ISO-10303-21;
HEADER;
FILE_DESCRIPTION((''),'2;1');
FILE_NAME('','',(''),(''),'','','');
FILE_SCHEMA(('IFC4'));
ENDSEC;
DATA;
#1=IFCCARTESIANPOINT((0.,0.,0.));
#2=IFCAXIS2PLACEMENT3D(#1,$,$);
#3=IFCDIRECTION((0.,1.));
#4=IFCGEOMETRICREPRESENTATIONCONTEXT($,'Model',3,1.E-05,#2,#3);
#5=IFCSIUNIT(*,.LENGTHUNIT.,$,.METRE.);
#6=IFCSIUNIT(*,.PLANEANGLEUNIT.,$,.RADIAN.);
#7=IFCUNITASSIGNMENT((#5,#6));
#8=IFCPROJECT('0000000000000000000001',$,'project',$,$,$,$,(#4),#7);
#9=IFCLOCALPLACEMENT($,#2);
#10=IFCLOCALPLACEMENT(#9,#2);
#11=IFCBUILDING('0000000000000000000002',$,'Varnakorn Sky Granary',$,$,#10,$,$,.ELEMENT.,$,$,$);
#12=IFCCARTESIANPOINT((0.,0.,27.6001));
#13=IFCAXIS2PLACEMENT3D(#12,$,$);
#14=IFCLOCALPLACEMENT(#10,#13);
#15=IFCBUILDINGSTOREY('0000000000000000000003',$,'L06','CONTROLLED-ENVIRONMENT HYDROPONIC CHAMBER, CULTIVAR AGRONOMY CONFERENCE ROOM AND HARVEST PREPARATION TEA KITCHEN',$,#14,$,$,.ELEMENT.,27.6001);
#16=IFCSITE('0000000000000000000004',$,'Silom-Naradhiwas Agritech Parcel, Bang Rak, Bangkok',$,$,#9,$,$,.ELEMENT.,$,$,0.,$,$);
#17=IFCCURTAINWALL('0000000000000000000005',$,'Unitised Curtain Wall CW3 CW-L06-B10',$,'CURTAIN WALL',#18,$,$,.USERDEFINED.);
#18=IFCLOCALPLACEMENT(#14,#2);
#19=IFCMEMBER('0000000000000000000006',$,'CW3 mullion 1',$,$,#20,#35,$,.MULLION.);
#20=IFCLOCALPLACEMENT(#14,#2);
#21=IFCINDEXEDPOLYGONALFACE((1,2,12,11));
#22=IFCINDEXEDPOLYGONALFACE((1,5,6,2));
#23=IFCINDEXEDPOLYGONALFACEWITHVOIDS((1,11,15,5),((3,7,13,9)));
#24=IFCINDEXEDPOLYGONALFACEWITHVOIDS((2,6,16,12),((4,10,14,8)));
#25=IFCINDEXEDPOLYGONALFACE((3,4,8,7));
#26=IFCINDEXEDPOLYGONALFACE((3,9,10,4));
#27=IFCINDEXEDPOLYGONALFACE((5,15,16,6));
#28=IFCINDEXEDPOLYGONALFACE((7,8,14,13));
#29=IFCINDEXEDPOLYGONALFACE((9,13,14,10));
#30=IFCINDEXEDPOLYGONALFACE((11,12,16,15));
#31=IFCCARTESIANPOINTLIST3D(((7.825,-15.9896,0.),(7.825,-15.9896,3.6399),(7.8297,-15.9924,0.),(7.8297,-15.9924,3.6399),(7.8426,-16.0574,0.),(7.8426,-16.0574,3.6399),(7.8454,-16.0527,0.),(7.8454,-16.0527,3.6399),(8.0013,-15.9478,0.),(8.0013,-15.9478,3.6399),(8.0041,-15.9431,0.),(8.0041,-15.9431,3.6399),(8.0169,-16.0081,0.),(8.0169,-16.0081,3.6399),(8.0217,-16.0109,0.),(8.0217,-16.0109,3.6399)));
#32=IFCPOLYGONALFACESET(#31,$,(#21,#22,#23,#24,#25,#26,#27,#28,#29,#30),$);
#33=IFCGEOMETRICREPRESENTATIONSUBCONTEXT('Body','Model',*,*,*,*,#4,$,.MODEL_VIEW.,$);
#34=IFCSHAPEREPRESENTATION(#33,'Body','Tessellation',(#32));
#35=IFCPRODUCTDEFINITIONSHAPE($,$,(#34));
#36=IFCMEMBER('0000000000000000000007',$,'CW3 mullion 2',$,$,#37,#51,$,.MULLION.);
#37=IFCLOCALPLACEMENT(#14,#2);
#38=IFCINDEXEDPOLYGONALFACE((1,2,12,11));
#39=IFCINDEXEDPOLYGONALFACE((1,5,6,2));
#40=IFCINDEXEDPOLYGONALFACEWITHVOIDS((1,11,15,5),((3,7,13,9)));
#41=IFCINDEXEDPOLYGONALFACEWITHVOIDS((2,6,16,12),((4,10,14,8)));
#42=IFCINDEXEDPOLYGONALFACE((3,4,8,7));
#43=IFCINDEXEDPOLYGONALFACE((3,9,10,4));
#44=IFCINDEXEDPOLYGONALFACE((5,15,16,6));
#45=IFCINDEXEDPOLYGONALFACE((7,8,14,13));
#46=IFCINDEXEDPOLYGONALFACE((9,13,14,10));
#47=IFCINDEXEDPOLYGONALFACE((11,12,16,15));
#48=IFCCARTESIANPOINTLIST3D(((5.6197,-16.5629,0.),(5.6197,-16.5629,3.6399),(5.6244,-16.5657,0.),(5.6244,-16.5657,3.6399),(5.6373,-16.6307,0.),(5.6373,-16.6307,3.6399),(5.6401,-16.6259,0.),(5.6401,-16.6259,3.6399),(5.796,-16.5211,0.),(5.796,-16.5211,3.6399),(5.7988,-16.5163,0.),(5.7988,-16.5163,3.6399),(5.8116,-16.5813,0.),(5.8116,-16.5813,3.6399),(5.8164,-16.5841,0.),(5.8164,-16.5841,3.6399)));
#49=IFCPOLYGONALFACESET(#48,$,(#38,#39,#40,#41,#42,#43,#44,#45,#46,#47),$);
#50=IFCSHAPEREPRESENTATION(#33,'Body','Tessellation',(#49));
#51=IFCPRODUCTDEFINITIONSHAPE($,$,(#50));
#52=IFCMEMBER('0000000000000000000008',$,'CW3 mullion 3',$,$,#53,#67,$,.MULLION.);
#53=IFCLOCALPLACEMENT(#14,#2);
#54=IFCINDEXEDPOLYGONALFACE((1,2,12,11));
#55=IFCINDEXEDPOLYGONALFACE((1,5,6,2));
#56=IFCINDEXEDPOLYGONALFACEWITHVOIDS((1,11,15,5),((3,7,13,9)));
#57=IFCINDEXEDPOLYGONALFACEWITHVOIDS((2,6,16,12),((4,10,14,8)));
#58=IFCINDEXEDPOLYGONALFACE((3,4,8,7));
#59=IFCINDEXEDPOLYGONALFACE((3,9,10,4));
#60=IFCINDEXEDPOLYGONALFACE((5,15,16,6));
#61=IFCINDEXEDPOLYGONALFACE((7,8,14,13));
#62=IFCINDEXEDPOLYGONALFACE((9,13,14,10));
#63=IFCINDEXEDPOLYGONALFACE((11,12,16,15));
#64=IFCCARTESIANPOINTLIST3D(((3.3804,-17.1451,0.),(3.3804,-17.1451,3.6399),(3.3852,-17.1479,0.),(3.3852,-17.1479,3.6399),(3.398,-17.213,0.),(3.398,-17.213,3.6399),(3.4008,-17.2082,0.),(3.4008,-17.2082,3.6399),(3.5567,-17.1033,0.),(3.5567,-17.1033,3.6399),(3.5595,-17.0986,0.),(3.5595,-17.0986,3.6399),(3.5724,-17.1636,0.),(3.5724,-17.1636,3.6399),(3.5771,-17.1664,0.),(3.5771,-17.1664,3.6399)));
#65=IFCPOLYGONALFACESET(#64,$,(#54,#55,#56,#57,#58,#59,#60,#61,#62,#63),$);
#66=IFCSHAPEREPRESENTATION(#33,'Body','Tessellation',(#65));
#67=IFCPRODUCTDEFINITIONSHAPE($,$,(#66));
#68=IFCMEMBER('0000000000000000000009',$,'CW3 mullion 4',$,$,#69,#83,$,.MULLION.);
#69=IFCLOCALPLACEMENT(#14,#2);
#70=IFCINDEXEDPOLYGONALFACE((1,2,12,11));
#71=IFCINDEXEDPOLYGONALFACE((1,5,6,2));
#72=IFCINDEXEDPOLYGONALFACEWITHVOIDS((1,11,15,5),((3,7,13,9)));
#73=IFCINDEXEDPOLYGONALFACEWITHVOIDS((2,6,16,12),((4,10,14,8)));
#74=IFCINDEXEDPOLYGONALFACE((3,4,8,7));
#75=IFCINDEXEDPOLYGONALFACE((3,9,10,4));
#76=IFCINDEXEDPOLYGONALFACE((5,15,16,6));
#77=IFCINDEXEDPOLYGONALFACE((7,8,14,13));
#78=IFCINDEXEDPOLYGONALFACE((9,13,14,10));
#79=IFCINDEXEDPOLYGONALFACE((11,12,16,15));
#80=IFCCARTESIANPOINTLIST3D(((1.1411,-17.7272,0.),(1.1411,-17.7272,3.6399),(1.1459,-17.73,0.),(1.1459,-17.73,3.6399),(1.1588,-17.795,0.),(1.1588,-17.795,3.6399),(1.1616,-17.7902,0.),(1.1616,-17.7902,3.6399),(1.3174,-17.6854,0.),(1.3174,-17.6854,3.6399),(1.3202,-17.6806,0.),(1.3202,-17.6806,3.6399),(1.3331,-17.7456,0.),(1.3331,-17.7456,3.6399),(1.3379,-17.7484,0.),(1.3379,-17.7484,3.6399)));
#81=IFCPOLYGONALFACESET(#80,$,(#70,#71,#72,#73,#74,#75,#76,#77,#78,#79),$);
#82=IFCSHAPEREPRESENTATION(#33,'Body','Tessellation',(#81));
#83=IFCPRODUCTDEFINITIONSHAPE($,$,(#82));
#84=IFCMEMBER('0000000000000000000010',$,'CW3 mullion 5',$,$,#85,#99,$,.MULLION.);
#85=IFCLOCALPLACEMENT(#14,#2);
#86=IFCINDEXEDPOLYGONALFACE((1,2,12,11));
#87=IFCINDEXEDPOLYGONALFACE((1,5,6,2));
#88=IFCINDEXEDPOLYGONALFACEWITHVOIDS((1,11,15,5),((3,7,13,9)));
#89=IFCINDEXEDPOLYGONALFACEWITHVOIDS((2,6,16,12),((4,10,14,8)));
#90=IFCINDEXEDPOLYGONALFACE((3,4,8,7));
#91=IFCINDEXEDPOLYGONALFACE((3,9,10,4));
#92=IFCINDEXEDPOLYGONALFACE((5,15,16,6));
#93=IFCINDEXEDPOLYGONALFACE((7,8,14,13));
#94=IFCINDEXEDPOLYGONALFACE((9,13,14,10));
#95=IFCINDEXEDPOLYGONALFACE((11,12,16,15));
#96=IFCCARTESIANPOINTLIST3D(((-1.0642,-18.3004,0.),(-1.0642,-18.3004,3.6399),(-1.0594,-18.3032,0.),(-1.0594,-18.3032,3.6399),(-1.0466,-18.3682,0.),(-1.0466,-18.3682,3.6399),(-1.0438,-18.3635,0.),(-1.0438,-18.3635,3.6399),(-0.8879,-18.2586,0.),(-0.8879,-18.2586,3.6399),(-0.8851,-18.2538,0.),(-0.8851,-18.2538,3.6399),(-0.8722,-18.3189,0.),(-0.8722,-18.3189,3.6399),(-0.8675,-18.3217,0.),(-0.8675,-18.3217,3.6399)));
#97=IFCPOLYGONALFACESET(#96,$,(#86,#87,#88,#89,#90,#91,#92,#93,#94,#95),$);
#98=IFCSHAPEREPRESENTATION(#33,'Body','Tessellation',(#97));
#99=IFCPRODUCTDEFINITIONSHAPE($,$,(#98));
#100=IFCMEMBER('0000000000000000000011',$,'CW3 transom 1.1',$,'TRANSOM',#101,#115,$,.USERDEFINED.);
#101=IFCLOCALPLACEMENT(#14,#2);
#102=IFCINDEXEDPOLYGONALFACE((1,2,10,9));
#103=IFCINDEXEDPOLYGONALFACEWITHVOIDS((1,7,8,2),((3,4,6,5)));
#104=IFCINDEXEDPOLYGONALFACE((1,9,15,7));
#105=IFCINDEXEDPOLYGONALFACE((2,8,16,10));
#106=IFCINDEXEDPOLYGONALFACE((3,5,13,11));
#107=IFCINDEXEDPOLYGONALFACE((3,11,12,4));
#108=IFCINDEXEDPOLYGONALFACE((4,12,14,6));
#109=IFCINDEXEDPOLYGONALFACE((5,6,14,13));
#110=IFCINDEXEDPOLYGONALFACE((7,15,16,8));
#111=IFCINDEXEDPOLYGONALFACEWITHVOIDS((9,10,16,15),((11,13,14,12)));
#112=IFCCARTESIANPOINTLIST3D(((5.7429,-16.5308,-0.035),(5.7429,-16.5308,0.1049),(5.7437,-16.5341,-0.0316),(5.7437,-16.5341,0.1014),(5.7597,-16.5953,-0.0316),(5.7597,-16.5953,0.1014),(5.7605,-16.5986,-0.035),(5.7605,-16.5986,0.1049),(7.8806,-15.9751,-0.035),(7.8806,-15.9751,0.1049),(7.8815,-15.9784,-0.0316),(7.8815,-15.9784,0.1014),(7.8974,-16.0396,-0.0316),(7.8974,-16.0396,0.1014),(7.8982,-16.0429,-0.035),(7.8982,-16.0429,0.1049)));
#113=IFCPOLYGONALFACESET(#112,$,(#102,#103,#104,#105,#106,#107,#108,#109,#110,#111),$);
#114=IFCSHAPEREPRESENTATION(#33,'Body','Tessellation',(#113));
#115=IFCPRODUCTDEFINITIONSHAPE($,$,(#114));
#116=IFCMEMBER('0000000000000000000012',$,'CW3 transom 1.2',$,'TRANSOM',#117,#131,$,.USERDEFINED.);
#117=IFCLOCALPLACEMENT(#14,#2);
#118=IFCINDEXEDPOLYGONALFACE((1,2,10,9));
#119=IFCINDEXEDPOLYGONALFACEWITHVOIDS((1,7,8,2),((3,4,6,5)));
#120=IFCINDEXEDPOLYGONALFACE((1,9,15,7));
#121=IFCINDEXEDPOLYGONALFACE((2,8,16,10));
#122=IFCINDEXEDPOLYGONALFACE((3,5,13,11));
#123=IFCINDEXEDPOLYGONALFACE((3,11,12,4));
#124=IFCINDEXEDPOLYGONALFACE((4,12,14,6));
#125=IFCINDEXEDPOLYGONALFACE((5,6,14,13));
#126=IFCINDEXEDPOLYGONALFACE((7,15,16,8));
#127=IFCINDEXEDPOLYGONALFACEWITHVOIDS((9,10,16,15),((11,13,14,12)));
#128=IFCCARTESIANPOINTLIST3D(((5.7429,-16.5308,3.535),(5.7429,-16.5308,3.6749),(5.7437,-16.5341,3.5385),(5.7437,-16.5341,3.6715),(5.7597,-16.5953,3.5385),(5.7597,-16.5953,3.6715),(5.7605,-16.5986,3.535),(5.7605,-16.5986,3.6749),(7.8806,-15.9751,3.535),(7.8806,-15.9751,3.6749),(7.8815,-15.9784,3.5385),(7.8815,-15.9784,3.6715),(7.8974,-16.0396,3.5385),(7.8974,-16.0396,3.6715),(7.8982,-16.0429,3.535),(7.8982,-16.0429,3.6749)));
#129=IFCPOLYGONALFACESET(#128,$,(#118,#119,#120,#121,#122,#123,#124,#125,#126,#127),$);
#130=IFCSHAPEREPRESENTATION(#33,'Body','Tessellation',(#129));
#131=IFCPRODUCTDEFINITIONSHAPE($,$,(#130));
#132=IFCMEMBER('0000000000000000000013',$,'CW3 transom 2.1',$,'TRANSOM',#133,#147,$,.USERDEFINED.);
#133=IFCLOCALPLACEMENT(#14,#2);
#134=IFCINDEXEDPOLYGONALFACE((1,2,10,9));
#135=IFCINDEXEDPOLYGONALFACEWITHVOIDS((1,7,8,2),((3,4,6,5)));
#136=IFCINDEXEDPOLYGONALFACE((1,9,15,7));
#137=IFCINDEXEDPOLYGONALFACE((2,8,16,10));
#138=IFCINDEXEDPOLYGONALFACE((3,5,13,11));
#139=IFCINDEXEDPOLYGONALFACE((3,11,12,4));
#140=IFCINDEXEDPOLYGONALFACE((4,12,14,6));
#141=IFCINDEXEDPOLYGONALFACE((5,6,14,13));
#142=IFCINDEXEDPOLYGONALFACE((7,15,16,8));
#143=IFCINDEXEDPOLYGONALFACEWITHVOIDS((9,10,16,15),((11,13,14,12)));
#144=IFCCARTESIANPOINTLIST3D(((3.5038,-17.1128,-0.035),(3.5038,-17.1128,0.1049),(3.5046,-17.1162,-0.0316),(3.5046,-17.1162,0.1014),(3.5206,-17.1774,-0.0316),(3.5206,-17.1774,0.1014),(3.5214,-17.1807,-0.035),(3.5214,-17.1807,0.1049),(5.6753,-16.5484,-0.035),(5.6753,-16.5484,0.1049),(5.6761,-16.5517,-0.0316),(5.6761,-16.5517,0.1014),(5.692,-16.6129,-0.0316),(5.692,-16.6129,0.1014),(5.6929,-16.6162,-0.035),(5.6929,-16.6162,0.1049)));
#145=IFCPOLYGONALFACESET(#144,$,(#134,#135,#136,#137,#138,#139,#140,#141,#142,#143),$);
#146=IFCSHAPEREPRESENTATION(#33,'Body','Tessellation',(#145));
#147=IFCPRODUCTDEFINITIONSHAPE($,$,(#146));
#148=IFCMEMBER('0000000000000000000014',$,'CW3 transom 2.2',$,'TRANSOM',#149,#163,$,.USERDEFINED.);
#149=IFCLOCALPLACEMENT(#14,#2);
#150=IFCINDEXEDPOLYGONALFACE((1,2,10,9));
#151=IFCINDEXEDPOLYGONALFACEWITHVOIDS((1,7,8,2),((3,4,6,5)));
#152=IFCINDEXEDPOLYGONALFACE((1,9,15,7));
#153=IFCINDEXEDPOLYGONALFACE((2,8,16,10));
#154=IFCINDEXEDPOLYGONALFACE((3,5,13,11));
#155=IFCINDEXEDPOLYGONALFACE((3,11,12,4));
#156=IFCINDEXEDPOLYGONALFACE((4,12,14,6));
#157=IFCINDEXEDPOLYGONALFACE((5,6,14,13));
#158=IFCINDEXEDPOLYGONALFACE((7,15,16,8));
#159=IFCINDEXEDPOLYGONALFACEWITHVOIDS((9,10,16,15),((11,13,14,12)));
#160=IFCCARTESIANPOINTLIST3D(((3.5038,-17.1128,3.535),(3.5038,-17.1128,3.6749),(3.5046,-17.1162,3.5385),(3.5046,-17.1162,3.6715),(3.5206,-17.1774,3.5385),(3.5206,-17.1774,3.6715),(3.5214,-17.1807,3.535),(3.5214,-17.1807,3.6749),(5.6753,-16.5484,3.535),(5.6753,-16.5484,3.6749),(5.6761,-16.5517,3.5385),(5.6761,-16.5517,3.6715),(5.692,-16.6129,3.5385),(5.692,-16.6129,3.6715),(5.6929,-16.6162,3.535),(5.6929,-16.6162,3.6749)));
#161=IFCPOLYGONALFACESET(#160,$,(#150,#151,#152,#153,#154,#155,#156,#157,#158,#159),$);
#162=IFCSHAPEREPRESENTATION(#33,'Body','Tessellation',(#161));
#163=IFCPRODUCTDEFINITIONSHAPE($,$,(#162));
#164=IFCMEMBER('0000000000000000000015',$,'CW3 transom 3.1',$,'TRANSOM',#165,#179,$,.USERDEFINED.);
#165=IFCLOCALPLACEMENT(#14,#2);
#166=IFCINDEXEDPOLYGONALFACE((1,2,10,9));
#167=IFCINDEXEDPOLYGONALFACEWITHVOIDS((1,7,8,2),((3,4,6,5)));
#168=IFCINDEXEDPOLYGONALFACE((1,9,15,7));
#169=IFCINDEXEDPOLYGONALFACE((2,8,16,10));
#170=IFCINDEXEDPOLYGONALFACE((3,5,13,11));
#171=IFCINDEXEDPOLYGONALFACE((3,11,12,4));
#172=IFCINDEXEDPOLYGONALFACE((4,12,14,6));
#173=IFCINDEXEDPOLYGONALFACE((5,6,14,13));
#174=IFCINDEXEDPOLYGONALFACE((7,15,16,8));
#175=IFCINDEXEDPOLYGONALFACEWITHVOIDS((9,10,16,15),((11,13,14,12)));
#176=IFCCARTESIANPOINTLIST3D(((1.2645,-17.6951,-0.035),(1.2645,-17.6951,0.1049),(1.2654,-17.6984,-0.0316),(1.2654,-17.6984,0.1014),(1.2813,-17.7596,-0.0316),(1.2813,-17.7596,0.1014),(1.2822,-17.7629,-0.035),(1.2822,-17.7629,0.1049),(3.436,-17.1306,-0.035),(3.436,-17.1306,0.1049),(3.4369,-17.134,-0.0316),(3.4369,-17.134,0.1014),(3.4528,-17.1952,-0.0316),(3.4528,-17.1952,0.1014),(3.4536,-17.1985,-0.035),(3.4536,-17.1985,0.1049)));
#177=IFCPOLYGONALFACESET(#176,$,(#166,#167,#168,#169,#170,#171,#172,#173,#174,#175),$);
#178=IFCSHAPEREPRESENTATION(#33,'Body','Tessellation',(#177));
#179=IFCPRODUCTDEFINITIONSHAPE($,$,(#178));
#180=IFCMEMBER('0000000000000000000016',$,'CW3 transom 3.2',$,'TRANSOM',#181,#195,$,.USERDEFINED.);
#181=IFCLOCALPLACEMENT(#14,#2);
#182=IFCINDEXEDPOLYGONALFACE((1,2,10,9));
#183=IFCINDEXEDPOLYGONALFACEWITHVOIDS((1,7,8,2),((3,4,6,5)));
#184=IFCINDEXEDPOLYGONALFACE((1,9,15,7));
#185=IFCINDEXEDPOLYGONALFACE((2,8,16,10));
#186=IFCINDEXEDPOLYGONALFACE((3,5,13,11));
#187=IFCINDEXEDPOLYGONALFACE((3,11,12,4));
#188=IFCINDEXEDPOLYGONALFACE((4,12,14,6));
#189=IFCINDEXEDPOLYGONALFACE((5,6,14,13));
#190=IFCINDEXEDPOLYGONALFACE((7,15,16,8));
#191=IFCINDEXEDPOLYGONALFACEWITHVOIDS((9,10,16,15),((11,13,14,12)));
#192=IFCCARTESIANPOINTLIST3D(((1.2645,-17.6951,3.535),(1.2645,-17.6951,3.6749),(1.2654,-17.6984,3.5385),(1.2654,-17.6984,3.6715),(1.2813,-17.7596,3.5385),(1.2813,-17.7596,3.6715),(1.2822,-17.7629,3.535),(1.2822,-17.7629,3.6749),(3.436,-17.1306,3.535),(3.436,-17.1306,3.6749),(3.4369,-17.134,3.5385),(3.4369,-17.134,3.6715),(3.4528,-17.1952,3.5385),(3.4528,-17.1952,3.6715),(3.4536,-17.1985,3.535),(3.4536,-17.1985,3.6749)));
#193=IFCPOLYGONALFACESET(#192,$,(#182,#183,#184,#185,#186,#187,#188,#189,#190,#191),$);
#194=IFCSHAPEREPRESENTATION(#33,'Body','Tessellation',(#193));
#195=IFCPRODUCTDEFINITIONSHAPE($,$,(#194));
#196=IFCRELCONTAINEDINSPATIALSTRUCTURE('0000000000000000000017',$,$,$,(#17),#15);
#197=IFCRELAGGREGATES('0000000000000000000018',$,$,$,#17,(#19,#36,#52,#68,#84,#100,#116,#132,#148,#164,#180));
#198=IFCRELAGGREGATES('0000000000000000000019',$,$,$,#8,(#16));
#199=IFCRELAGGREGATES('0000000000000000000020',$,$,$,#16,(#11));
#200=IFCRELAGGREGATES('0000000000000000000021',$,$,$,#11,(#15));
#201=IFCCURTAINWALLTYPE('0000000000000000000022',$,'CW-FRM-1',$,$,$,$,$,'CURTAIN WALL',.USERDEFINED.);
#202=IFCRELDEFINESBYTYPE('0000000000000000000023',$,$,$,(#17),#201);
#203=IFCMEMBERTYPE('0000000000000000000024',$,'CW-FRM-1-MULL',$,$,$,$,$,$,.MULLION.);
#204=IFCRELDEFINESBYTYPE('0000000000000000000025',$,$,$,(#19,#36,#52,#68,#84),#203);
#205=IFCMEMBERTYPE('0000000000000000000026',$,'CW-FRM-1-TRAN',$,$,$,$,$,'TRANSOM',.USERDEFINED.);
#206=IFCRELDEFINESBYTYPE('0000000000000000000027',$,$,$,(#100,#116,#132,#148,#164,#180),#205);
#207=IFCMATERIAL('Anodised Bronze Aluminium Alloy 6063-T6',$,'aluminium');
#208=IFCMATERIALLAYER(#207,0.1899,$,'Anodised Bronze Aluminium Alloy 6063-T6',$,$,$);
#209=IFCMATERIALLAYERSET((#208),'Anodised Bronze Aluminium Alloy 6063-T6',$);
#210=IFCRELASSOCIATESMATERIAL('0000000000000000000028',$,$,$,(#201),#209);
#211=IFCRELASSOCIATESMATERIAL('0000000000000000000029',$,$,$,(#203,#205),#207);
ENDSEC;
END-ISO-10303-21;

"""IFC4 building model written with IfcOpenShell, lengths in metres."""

from ifc_helpers import new_model, si_unit, direction, frame, origin, origin_2d, place, context, subcontext, project, spatial, hollow_rectangle, extrude, material, layer, layer_set, material_profile, profile_set, type_object, element, aggregate, save


model = new_model("IFC4")

# Units and contexts
model_context = context("Model", 3, precision=1e-05, world=origin(), true_north=direction((0.0, 1.0)))
body_context = subcontext(model_context, "Body", "Model", "MODEL_VIEW")
ifc_project = project(units=[si_unit("LENGTHUNIT", "METRE"), si_unit("PLANEANGLEUNIT", "RADIAN")], contexts=[model_context])

# Site, building, storey
site_placement = place(None, origin())
site = spatial("IfcSite", under=ifc_project, at=site_placement, Name="Silom-Naradhiwas Agritech Parcel, Bang Rak, Bangkok", CompositionType="ELEMENT", RefElevation=0.0)
building_placement = place(site_placement, origin())
building = spatial("IfcBuilding", under=site, at=building_placement, Name="Varnakorn Sky Granary", CompositionType="ELEMENT")
storey_placement = place(building_placement, frame((0.0, 0.0, 27.6001)))
storey = spatial("IfcBuildingStorey", under=building, at=storey_placement, Name="L06", Description="CONTROLLED-ENVIRONMENT HYDROPONIC CHAMBER, CULTIVAR AGRONOMY CONFERENCE ROOM AND HARVEST PREPARATION TEA KITCHEN", CompositionType="ELEMENT", Elevation=27.6001)

# Curtain wall, members
ifc_material_1 = material(Name="Anodised Bronze Aluminium Alloy 6063-T6", Category="aluminium")
ifc_layer_1 = layer(ifc_material_1, 0.1899, Name="Anodised Bronze Aluminium Alloy 6063-T6")
ifc_layer_set_1 = layer_set([ifc_layer_1], Name="Anodised Bronze Aluminium Alloy 6063-T6")
curtain_wall_type = type_object("IfcCurtainWallType", Name="CW-FRM-1", ElementType="CURTAIN WALL", PredefinedType="USERDEFINED", material=ifc_layer_set_1)
curtain_wall_placement = place(storey_placement, origin())
curtain_wall = element("IfcCurtainWall", 1, at=curtain_wall_placement, inside=storey, type_object=curtain_wall_type, Name="Unitised Curtain Wall CW3 CW-L06-B10", ObjectType="CURTAIN WALL", PredefinedType="USERDEFINED")
ifc_material_profile_1 = material_profile(ifc_material_1, hollow_rectangle(XDim=0.0701, YDim=0.1851, WallThickness=0.0039, at=origin_2d()), Name="ALU MULL 70x185")
ifc_profile_set_1 = profile_set([ifc_material_profile_1], Name="Anodised Bronze Aluminium Alloy 6063-T6")
member_type_1 = type_object("IfcMemberType", Name="CW-FRM-1-MULL", PredefinedType="MULLION", material=ifc_profile_set_1)
member_1_placement = place(storey_placement, frame((7.9233, -16.0002, 0.0), z_axis=(0.0, 0.0, 1.0), x_axis=(0.251609, -0.967829, 0.0)))
member_1 = element("IfcMember", 2, at=member_1_placement, type_object=member_type_1, Name="CW3 mullion 1", PredefinedType="MULLION", context=body_context, shape_type="SweptSolid", body=[
    extrude(hollow_rectangle(XDim=0.0701, YDim=0.1851, WallThickness=0.0039, at=origin_2d()), origin(), (0.0, 0.0, 1.0), 3.6399),
])
member_2_placement = place(storey_placement, frame((5.718, -16.5735, 0.0), z_axis=(0.0, 0.0, 1.0), x_axis=(0.251609, -0.967829, 0.0)))
member_2 = element("IfcMember", 3, at=member_2_placement, type_object=member_type_1, Name="CW3 mullion 2", PredefinedType="MULLION", context=body_context, shape_type="SweptSolid", body=[
    extrude(hollow_rectangle(XDim=0.0701, YDim=0.1851, WallThickness=0.0039, at=origin_2d()), origin(), (0.0, 0.0, 1.0), 3.6399),
])
member_3_placement = place(storey_placement, frame((3.4788, -17.1558, 0.0), z_axis=(0.0, 0.0, 1.0), x_axis=(0.251609, -0.967829, 0.0)))
member_3 = element("IfcMember", 4, at=member_3_placement, type_object=member_type_1, Name="CW3 mullion 3", PredefinedType="MULLION", context=body_context, shape_type="SweptSolid", body=[
    extrude(hollow_rectangle(XDim=0.0701, YDim=0.1851, WallThickness=0.0039, at=origin_2d()), origin(), (0.0, 0.0, 1.0), 3.6399),
])
member_4_placement = place(storey_placement, frame((1.2395, -17.7378, 0.0), z_axis=(0.0, 0.0, 1.0), x_axis=(0.251609, -0.967829, 0.0)))
member_4 = element("IfcMember", 5, at=member_4_placement, type_object=member_type_1, Name="CW3 mullion 4", PredefinedType="MULLION", context=body_context, shape_type="SweptSolid", body=[
    extrude(hollow_rectangle(XDim=0.0701, YDim=0.1851, WallThickness=0.0039, at=origin_2d()), origin(), (0.0, 0.0, 1.0), 3.6399),
])
member_5_placement = place(storey_placement, frame((-0.9658, -18.311, 0.0), z_axis=(0.0, 0.0, 1.0), x_axis=(0.251609, -0.967829, 0.0)))
member_5 = element("IfcMember", 6, at=member_5_placement, type_object=member_type_1, Name="CW3 mullion 5", PredefinedType="MULLION", context=body_context, shape_type="SweptSolid", body=[
    extrude(hollow_rectangle(XDim=0.0701, YDim=0.1851, WallThickness=0.0039, at=origin_2d()), origin(), (0.0, 0.0, 1.0), 3.6399),
])
ifc_material_profile_2 = material_profile(ifc_material_1, hollow_rectangle(XDim=0.0701, YDim=0.1399, WallThickness=0.0034, at=origin_2d()), Name="ALU TRAN 70x140")
ifc_profile_set_2 = profile_set([ifc_material_profile_2], Name="Anodised Bronze Aluminium Alloy 6063-T6")
member_type_2 = type_object("IfcMemberType", Name="CW-FRM-1-TRAN", ElementType="TRANSOM", PredefinedType="USERDEFINED", material=ifc_profile_set_2)
member_6_placement = place(storey_placement, frame((7.8894, -16.009, 0.0349), z_axis=(-0.967838, -0.251576, 0.0), x_axis=(0.251576, -0.967838, 0.0)))
member_6 = element("IfcMember", 7, at=member_6_placement, type_object=member_type_2, Name="CW3 transom 1.1", ObjectType="TRANSOM", PredefinedType="USERDEFINED", context=body_context, shape_type="SweptSolid", body=[
    extrude(hollow_rectangle(XDim=0.0701, YDim=0.1399, WallThickness=0.0034, at=origin_2d()), origin(), (0.0, 0.0, 1.0), 2.2087),
])
member_7_placement = place(storey_placement, frame((7.8894, -16.009, 3.605), z_axis=(-0.967838, -0.251576, 0.0), x_axis=(0.251576, -0.967838, 0.0)))
member_7 = element("IfcMember", 8, at=member_7_placement, type_object=member_type_2, Name="CW3 transom 1.2", ObjectType="TRANSOM", PredefinedType="USERDEFINED", context=body_context, shape_type="SweptSolid", body=[
    extrude(hollow_rectangle(XDim=0.0701, YDim=0.1399, WallThickness=0.0034, at=origin_2d()), origin(), (0.0, 0.0, 1.0), 2.2087),
])
member_8_placement = place(storey_placement, frame((5.6841, -16.5823, 0.0349), z_axis=(-0.967834, -0.251589, 0.0), x_axis=(0.251589, -0.967834, 0.0)))
member_8 = element("IfcMember", 9, at=member_8_placement, type_object=member_type_2, Name="CW3 transom 2.1", ObjectType="TRANSOM", PredefinedType="USERDEFINED", context=body_context, shape_type="SweptSolid", body=[
    extrude(hollow_rectangle(XDim=0.0701, YDim=0.1399, WallThickness=0.0034, at=origin_2d()), origin(), (0.0, 0.0, 1.0), 2.2437),
])
member_9_placement = place(storey_placement, frame((5.6841, -16.5823, 3.605), z_axis=(-0.967834, -0.251589, 0.0), x_axis=(0.251589, -0.967834, 0.0)))
member_9 = element("IfcMember", 10, at=member_9_placement, type_object=member_type_2, Name="CW3 transom 2.2", ObjectType="TRANSOM", PredefinedType="USERDEFINED", context=body_context, shape_type="SweptSolid", body=[
    extrude(hollow_rectangle(XDim=0.0701, YDim=0.1399, WallThickness=0.0034, at=origin_2d()), origin(), (0.0, 0.0, 1.0), 2.2437),
])
member_10_placement = place(storey_placement, frame((3.4448, -17.1646, 0.0349), z_axis=(-0.967834, -0.251589, 0.0), x_axis=(0.251589, -0.967834, 0.0)))
member_10 = element("IfcMember", 11, at=member_10_placement, type_object=member_type_2, Name="CW3 transom 3.1", ObjectType="TRANSOM", PredefinedType="USERDEFINED", context=body_context, shape_type="SweptSolid", body=[
    extrude(hollow_rectangle(XDim=0.0701, YDim=0.1399, WallThickness=0.0034, at=origin_2d()), origin(), (0.0, 0.0, 1.0), 2.2437),
])
member_11_placement = place(storey_placement, frame((3.4448, -17.1646, 3.605), z_axis=(-0.967834, -0.251589, 0.0), x_axis=(0.251589, -0.967834, 0.0)))
member_11 = element("IfcMember", 12, at=member_11_placement, type_object=member_type_2, Name="CW3 transom 3.2", ObjectType="TRANSOM", PredefinedType="USERDEFINED", context=body_context, shape_type="SweptSolid", body=[
    extrude(hollow_rectangle(XDim=0.0701, YDim=0.1399, WallThickness=0.0034, at=origin_2d()), origin(), (0.0, 0.0, 1.0), 2.2437),
])
aggregate(curtain_wall, [member_1, member_2, member_3, member_4, member_5, member_6, member_7, member_8, member_9, member_10, member_11])

save(model, "model.ifc")
